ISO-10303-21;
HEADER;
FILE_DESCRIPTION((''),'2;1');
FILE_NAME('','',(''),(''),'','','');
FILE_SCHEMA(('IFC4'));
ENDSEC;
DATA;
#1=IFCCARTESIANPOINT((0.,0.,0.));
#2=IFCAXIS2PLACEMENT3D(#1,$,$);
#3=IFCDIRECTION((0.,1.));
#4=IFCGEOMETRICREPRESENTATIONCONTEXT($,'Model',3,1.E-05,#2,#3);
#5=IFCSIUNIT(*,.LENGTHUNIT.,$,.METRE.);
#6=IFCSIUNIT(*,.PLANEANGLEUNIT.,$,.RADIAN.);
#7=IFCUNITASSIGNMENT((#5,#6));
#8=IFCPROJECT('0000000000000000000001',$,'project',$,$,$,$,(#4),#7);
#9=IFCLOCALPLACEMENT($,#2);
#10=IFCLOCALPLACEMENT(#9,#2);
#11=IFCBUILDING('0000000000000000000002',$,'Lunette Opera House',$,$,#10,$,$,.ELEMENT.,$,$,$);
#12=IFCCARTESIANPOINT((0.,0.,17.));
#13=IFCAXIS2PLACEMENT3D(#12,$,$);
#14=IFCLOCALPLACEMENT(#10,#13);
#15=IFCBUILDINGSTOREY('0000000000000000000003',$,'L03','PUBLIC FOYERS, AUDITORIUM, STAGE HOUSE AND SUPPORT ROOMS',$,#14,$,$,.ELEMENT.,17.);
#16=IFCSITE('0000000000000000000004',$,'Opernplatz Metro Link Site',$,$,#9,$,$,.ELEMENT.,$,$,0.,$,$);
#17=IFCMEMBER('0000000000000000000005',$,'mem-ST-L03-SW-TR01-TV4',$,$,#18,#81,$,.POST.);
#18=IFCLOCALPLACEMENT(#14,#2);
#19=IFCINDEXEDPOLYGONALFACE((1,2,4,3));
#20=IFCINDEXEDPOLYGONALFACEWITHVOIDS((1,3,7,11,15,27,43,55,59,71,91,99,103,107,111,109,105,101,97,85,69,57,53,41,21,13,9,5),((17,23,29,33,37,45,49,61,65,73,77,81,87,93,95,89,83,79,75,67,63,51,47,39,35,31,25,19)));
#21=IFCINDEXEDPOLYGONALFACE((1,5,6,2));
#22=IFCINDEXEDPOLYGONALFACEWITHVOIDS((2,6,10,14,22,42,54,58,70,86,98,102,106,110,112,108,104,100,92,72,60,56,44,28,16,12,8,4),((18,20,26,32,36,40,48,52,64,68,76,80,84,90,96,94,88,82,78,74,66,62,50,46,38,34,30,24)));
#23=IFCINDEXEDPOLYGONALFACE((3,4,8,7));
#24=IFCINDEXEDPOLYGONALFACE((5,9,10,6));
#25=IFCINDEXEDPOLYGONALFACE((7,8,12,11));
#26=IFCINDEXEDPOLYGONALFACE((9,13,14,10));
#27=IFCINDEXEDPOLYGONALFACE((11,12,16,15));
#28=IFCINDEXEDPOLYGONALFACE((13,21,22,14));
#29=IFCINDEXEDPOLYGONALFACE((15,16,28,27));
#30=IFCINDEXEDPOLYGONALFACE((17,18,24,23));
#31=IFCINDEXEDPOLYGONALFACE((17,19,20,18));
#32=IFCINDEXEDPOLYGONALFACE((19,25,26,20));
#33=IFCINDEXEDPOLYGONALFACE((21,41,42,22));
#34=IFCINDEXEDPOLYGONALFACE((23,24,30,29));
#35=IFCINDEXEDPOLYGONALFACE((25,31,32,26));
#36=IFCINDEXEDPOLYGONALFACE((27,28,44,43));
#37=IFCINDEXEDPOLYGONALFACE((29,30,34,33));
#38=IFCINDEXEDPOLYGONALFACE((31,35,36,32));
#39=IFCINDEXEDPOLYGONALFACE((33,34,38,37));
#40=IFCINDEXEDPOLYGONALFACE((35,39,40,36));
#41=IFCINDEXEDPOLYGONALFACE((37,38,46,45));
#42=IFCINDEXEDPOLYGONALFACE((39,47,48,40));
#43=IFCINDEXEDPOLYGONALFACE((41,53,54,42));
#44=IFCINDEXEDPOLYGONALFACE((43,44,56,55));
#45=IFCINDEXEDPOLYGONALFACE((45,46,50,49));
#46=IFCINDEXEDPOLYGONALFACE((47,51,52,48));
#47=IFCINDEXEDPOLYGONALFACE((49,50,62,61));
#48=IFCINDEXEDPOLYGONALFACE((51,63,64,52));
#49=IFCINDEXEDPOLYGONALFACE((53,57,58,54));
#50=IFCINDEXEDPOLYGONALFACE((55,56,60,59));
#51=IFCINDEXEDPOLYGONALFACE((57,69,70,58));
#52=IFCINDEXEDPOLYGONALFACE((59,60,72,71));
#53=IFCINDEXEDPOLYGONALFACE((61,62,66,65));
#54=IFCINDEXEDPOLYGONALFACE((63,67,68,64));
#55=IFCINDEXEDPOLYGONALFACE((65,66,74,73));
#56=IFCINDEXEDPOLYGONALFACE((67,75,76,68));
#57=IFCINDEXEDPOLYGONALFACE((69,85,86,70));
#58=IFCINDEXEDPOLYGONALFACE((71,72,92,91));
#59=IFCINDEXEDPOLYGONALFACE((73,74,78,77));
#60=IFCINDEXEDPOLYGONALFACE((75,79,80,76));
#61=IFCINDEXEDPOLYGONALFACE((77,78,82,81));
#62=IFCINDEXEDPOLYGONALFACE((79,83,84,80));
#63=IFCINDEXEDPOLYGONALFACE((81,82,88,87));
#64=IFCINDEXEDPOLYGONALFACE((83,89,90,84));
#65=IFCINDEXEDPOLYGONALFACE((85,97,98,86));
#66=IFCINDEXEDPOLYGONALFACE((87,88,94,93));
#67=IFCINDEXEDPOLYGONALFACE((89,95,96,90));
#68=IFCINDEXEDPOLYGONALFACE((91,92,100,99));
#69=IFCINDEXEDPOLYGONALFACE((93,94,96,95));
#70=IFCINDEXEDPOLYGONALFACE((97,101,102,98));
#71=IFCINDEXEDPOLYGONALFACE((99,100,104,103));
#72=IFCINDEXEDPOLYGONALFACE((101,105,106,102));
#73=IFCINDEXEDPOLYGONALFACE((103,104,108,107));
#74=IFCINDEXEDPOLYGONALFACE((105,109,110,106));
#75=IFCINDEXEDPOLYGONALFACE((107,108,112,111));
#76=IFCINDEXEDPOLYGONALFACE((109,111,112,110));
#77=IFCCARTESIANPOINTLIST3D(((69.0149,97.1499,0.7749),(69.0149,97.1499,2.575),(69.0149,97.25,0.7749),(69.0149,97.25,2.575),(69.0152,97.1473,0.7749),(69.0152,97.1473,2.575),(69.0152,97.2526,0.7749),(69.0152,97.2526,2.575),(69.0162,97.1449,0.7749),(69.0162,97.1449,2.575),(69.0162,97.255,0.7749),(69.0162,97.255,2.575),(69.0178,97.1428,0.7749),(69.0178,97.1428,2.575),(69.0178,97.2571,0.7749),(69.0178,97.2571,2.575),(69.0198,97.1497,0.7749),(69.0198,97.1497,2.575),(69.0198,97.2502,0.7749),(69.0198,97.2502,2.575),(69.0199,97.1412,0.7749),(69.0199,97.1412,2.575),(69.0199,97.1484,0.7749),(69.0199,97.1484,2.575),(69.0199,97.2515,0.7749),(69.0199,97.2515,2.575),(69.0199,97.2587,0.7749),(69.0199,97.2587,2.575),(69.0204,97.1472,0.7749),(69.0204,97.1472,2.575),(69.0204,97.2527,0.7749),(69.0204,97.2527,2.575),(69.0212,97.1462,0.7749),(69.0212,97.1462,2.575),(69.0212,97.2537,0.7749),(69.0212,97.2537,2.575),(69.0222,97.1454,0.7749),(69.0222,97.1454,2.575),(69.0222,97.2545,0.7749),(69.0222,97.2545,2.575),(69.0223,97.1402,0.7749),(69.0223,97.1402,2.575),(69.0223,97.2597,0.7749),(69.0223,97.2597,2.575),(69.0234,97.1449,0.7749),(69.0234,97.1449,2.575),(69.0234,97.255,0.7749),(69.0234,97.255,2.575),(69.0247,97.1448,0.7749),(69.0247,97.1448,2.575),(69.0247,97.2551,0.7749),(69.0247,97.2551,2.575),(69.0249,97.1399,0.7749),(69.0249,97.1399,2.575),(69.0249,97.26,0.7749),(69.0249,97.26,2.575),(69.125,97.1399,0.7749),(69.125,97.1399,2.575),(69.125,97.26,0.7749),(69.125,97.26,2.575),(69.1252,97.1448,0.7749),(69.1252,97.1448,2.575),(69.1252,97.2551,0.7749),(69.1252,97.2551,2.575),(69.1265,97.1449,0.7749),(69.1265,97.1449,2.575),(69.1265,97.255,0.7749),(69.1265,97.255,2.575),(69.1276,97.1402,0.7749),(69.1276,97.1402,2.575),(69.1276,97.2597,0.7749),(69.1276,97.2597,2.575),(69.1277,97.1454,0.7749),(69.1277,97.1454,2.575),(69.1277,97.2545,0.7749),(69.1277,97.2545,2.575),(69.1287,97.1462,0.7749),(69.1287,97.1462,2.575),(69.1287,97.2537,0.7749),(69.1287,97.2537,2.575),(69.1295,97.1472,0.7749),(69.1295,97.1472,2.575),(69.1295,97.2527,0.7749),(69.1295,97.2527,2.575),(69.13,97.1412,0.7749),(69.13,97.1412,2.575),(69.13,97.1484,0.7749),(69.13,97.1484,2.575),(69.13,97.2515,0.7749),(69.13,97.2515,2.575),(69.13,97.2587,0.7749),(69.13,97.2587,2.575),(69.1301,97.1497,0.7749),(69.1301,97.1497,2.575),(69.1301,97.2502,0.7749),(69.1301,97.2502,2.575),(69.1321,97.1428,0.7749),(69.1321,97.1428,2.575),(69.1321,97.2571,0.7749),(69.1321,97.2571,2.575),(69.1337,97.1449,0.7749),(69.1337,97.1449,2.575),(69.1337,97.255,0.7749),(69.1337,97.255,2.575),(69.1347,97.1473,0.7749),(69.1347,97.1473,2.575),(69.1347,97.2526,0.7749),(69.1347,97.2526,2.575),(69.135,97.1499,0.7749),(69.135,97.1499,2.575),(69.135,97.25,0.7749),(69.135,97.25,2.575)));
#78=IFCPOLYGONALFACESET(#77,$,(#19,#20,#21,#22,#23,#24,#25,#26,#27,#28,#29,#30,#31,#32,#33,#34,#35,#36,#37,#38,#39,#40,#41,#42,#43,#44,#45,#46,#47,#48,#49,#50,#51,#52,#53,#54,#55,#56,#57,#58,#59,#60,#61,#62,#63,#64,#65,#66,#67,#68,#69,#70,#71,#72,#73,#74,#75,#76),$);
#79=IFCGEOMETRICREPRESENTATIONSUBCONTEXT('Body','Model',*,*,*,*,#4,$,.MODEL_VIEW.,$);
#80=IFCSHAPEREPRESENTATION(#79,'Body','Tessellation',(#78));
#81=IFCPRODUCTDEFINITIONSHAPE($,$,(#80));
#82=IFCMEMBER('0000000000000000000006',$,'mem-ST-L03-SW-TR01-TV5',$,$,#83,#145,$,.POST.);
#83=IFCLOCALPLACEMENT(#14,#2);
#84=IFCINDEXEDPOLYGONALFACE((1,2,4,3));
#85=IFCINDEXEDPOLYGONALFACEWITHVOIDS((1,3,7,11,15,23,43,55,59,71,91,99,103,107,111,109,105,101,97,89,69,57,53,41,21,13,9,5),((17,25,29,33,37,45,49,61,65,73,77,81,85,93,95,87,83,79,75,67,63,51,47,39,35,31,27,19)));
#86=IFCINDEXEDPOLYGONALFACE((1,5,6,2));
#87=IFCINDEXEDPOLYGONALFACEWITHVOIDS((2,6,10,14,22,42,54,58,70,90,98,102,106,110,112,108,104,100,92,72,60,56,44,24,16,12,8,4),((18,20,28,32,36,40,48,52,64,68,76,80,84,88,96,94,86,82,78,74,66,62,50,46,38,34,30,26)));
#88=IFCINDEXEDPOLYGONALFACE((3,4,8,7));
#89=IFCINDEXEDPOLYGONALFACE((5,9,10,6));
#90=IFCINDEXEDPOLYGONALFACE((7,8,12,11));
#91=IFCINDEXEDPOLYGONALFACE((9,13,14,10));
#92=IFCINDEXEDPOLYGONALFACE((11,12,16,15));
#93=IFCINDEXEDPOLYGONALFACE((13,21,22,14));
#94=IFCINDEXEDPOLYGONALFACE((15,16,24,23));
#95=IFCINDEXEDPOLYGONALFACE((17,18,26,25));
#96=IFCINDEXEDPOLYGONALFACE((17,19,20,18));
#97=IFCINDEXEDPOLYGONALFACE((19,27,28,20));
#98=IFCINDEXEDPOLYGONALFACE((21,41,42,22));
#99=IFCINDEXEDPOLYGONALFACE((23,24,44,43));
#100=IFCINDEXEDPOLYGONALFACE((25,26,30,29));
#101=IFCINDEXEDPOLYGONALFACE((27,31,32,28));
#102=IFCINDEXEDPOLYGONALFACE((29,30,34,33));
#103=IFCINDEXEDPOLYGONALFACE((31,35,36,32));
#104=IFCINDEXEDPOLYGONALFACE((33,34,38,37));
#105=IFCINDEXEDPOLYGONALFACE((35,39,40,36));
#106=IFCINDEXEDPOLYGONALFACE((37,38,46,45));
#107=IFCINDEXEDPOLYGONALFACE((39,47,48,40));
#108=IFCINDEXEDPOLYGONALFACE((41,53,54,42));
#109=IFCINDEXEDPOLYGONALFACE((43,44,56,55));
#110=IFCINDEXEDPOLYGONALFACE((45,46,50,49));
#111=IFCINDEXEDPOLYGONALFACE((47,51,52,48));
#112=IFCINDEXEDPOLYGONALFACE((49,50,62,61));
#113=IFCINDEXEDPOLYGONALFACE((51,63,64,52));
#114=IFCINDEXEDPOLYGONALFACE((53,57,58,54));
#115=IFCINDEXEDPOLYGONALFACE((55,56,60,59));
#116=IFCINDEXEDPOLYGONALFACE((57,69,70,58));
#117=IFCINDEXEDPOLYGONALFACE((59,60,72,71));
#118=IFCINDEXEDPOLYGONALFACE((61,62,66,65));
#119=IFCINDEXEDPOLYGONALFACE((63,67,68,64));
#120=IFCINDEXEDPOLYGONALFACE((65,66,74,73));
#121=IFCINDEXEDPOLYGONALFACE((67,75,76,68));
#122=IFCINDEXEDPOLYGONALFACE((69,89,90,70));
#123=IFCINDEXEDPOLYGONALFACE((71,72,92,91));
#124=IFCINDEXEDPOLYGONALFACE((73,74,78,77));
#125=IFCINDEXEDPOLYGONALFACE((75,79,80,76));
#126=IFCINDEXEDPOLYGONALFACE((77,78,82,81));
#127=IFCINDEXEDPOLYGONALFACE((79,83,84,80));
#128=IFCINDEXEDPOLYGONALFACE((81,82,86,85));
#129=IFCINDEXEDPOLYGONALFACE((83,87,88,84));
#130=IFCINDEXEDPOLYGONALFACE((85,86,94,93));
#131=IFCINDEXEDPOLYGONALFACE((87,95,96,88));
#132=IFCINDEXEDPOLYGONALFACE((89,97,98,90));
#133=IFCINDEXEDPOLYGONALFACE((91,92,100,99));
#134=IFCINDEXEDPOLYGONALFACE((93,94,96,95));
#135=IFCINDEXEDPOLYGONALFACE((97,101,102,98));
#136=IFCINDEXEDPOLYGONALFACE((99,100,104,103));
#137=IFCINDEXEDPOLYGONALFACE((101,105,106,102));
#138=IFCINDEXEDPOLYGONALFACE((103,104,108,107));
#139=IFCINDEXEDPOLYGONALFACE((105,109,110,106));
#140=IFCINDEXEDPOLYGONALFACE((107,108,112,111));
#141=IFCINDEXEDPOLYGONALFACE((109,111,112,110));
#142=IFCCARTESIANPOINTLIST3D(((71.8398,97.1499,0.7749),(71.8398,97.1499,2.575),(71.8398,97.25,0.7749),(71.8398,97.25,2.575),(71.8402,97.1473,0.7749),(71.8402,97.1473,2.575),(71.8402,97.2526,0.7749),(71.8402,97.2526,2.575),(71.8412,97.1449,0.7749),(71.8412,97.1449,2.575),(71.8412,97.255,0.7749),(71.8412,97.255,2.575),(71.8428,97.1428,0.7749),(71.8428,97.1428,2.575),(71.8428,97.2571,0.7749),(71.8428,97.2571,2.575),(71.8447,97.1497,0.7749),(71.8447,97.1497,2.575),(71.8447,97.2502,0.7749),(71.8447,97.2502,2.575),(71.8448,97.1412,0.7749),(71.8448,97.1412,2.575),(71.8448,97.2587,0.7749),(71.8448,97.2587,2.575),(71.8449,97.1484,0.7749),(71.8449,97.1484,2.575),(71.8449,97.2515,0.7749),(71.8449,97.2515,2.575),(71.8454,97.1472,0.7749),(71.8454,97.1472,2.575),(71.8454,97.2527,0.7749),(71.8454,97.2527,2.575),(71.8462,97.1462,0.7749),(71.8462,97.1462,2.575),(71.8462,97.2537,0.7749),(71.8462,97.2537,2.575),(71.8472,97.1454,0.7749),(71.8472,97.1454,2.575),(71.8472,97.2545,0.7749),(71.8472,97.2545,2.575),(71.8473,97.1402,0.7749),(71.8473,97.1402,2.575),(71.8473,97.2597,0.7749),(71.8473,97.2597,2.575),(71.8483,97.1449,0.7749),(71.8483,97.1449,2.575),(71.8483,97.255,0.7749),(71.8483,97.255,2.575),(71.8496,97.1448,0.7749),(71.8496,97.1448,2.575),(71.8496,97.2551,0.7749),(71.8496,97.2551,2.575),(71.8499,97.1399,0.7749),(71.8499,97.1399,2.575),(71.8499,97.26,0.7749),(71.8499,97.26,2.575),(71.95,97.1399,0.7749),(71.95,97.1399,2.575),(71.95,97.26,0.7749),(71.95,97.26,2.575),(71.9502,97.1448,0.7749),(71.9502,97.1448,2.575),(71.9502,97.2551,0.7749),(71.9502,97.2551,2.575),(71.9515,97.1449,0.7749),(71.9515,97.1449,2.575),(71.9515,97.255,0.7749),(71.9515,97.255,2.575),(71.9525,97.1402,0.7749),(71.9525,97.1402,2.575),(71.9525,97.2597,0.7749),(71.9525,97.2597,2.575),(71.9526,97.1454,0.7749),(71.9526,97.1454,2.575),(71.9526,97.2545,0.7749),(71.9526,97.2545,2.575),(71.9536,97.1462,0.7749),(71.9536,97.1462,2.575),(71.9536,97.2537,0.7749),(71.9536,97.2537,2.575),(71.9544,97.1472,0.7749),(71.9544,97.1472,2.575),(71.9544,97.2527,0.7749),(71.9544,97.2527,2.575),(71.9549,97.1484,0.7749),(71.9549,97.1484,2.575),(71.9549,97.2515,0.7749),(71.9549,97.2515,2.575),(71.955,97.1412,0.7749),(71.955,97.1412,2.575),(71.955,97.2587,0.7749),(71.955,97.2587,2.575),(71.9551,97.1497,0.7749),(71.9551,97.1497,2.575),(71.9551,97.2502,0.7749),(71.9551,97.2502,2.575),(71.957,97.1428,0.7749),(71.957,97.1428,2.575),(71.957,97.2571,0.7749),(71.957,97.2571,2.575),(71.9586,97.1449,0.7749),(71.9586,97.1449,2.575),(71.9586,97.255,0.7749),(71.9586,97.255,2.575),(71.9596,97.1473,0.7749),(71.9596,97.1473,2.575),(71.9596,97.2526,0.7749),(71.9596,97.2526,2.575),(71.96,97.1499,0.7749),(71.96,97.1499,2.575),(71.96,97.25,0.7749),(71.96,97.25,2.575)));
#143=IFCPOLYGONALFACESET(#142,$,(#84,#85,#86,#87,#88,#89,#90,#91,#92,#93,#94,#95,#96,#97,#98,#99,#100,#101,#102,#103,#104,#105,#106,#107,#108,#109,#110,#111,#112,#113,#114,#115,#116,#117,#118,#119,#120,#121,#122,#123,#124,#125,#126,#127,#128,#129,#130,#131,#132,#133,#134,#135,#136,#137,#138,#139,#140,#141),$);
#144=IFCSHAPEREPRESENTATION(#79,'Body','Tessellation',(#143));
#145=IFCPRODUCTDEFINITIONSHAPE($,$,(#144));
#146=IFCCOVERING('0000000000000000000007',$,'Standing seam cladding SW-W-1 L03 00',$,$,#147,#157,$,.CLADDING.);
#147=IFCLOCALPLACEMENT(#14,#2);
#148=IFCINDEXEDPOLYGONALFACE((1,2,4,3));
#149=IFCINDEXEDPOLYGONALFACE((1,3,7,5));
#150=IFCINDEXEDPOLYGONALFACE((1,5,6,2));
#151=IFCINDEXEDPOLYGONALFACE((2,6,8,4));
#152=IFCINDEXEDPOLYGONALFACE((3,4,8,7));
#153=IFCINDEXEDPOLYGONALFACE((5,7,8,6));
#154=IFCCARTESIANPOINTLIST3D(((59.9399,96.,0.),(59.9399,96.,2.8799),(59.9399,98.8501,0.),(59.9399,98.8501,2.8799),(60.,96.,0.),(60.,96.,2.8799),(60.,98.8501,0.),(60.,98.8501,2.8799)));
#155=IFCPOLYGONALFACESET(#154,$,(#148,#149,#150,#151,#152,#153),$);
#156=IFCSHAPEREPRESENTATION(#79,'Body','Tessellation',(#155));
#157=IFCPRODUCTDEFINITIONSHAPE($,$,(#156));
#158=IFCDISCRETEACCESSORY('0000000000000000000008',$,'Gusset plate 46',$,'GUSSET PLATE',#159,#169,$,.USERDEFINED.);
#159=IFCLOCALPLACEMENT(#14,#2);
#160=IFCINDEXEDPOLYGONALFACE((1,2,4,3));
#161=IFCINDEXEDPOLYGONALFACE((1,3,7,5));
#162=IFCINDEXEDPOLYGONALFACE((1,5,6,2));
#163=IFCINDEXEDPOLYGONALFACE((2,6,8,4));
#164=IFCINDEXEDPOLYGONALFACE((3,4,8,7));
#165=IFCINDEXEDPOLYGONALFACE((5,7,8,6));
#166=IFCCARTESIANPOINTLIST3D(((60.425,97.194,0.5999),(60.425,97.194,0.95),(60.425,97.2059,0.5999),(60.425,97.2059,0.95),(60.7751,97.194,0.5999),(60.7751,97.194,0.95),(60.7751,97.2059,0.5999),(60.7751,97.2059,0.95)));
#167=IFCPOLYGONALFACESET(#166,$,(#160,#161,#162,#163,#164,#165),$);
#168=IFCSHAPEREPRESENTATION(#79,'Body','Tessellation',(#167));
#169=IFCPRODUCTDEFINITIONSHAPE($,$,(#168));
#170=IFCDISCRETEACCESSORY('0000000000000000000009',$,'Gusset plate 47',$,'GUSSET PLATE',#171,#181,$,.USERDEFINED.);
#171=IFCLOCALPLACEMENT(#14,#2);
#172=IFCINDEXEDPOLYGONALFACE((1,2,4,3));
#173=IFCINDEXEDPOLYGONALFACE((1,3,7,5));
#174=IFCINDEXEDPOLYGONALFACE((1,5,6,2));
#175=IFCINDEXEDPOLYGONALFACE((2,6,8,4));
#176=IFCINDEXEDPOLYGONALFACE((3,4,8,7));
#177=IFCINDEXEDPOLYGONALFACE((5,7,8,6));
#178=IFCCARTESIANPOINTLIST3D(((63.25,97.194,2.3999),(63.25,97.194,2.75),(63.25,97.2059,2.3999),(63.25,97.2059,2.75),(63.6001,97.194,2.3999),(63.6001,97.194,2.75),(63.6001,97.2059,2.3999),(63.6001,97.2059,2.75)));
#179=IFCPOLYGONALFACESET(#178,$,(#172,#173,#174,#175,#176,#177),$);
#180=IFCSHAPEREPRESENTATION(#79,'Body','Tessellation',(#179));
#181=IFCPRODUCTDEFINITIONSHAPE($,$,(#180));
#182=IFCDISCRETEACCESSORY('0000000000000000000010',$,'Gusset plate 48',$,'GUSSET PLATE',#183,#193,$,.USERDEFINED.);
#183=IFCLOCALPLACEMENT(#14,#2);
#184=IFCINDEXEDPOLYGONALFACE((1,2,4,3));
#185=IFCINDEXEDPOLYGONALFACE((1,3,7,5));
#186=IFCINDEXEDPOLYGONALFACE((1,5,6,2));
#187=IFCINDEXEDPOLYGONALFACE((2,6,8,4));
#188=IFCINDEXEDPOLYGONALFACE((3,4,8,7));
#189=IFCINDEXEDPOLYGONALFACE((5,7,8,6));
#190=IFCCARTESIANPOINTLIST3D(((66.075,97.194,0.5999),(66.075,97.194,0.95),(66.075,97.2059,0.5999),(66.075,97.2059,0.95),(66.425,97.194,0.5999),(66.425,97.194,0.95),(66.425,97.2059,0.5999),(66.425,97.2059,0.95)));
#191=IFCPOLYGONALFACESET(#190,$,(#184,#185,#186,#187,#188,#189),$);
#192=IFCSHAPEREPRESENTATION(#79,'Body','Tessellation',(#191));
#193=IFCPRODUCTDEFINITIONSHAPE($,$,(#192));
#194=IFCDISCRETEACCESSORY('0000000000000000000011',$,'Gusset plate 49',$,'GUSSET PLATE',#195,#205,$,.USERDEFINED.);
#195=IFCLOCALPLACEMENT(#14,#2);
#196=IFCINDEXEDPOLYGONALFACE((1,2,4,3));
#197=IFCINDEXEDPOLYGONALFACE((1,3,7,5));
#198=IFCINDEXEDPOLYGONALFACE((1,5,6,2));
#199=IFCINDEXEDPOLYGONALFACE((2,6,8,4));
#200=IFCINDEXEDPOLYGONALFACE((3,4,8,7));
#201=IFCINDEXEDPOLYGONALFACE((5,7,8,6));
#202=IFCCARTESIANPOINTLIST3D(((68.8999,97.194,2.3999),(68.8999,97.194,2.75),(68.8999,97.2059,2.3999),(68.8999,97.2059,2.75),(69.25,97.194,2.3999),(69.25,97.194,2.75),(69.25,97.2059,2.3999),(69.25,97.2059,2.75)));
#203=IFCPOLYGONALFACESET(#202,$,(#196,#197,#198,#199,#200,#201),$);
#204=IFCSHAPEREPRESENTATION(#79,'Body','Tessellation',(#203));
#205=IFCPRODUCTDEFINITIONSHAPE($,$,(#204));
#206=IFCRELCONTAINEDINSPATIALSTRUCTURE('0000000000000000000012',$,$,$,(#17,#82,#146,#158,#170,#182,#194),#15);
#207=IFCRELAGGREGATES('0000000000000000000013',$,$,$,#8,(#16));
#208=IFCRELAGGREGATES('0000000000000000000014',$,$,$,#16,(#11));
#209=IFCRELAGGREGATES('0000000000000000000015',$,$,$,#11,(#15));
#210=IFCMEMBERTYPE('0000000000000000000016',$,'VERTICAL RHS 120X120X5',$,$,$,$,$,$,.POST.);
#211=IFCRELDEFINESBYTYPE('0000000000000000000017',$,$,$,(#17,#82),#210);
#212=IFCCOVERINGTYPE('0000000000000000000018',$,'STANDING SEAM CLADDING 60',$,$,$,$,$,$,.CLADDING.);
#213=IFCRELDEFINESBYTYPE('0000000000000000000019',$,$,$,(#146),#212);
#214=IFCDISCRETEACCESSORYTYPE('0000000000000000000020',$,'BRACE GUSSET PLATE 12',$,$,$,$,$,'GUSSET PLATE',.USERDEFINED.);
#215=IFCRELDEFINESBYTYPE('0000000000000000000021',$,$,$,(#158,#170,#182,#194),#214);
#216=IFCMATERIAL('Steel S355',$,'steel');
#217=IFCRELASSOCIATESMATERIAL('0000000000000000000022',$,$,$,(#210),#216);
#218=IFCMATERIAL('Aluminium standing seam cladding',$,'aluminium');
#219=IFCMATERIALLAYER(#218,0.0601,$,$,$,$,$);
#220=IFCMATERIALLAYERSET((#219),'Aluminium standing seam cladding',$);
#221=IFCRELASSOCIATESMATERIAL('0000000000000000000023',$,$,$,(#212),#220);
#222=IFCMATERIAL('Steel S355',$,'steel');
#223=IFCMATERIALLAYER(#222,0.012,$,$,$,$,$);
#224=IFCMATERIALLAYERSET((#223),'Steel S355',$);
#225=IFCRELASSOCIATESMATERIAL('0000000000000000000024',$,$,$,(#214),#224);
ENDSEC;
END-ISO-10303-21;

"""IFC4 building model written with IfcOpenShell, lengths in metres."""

from ifc_helpers import new_model, si_unit, direction, frame, origin, origin_2d, place, context, subcontext, project, spatial, rectangle, hollow_rectangle, extrude, material, layer, layer_set, material_profile, profile_set, type_object, element, save


model = new_model("IFC4")

# Units and contexts
model_context = context("Model", 3, precision=1e-05, world=origin(), true_north=direction((0.0, 1.0)))
body_context = subcontext(model_context, "Body", "Model", "MODEL_VIEW")
ifc_project = project(units=[si_unit("LENGTHUNIT", "METRE"), si_unit("PLANEANGLEUNIT", "RADIAN")], contexts=[model_context])

# Site, building, storey
site_placement = place(None, origin())
site = spatial("IfcSite", under=ifc_project, at=site_placement, Name="Opernplatz Metro Link Site", CompositionType="ELEMENT", RefElevation=0.0)
building_placement = place(site_placement, origin())
building = spatial("IfcBuilding", under=site, at=building_placement, Name="Lunette Opera House", CompositionType="ELEMENT")
storey_placement = place(building_placement, frame((0.0, 0.0, 17.0)))
storey = spatial("IfcBuildingStorey", under=building, at=storey_placement, Name="L03", Description="PUBLIC FOYERS, AUDITORIUM, STAGE HOUSE AND SUPPORT ROOMS", CompositionType="ELEMENT", Elevation=17.0)

# Members
ifc_material_1 = material(Name="Steel S355", Category="steel")
ifc_material_profile_1 = material_profile(ifc_material_1, hollow_rectangle(XDim=0.1201, YDim=0.1201, WallThickness=0.0049, InnerFilletRadius=0.0049, OuterFilletRadius=0.01, at=origin_2d()), Name="RHS 120X120X5")
ifc_profile_set_1 = profile_set([ifc_material_profile_1], Name="Steel S355")
member_type_1 = type_object("IfcMemberType", Name="VERTICAL RHS 120X120X5", PredefinedType="POST", material=ifc_profile_set_1)
for number, where, z_axis, x_axis, name in (
    (1, (69.075, 97.2, 0.7749), (0.0, 0.0, 1.0), (1.0, 0.0, 0.0), "mem-ST-L03-SW-TR01-TV4"),
    (2, (71.8999, 97.2, 0.7749), (0.0, 0.0, 1.0), (1.0, 0.0, 0.0), "mem-ST-L03-SW-TR01-TV5"),
):
    element("IfcMember", number, at=place(storey_placement, frame(where, z_axis=z_axis, x_axis=x_axis)), inside=storey, type_object=member_type_1, Name=name, PredefinedType="POST", context=body_context, shape_type="SweptSolid", body=[
        extrude(hollow_rectangle(XDim=0.1201, YDim=0.1201, WallThickness=0.0049, InnerFilletRadius=0.0049, OuterFilletRadius=0.01, at=origin_2d()), origin(), (0.0, 0.0, 1.0), 1.8),
    ])

# Covering
ifc_material_2 = material(Name="Aluminium standing seam cladding", Category="aluminium")
ifc_layer_1 = layer(ifc_material_2, 0.0601)
ifc_layer_set_1 = layer_set([ifc_layer_1], Name="Aluminium standing seam cladding")
covering_type = type_object("IfcCoveringType", Name="STANDING SEAM CLADDING 60", PredefinedType="CLADDING", material=ifc_layer_set_1)
covering_placement = place(storey_placement, frame((59.97, 97.425, 0.0), z_axis=(0.0, 0.0, 1.0), x_axis=(0.0, 1.0, 0.0)))
element("IfcCovering", 3, at=covering_placement, inside=storey, type_object=covering_type, Name="Standing seam cladding SW-W-1 L03 00", PredefinedType="CLADDING", context=body_context, shape_type="SweptSolid", body=[
    extrude(rectangle(XDim=2.8501, YDim=0.0601, at=origin_2d()), origin(), (0.0, 0.0, 1.0), 2.8799),
])

# Discrete accessories
ifc_material_3 = material(Name="Steel S355", Category="steel")
ifc_layer_2 = layer(ifc_material_3, 0.012)
ifc_layer_set_2 = layer_set([ifc_layer_2], Name="Steel S355")
discrete_accessory_type_1 = type_object("IfcDiscreteAccessoryType", Name="BRACE GUSSET PLATE 12", ElementType="GUSSET PLATE", PredefinedType="USERDEFINED", material=ifc_layer_set_2)
for number, where, z_axis, x_axis, name in (
    (4, (60.6001, 97.2, 0.5999), (0.0, 0.0, 1.0), (1.0, 0.0, 0.0), "Gusset plate 46"),
    (5, (63.425, 97.2, 2.3999), (0.0, 0.0, 1.0), (1.0, 0.0, 0.0), "Gusset plate 47"),
    (6, (66.25, 97.2, 0.5999), (0.0, 0.0, 1.0), (1.0, 0.0, 0.0), "Gusset plate 48"),
    (7, (69.075, 97.2, 2.3999), (0.0, 0.0, 1.0), (1.0, 0.0, 0.0), "Gusset plate 49"),
):
    element("IfcDiscreteAccessory", number, at=place(storey_placement, frame(where, z_axis=z_axis, x_axis=x_axis)), inside=storey, type_object=discrete_accessory_type_1, Name=name, ObjectType="GUSSET PLATE", PredefinedType="USERDEFINED", context=body_context, shape_type="SweptSolid", body=[
        extrude(rectangle(XDim=0.3501, YDim=0.012, at=origin_2d()), origin(), (0.0, 0.0, 1.0), 0.3501),
    ])

save(model, "model.ifc")
